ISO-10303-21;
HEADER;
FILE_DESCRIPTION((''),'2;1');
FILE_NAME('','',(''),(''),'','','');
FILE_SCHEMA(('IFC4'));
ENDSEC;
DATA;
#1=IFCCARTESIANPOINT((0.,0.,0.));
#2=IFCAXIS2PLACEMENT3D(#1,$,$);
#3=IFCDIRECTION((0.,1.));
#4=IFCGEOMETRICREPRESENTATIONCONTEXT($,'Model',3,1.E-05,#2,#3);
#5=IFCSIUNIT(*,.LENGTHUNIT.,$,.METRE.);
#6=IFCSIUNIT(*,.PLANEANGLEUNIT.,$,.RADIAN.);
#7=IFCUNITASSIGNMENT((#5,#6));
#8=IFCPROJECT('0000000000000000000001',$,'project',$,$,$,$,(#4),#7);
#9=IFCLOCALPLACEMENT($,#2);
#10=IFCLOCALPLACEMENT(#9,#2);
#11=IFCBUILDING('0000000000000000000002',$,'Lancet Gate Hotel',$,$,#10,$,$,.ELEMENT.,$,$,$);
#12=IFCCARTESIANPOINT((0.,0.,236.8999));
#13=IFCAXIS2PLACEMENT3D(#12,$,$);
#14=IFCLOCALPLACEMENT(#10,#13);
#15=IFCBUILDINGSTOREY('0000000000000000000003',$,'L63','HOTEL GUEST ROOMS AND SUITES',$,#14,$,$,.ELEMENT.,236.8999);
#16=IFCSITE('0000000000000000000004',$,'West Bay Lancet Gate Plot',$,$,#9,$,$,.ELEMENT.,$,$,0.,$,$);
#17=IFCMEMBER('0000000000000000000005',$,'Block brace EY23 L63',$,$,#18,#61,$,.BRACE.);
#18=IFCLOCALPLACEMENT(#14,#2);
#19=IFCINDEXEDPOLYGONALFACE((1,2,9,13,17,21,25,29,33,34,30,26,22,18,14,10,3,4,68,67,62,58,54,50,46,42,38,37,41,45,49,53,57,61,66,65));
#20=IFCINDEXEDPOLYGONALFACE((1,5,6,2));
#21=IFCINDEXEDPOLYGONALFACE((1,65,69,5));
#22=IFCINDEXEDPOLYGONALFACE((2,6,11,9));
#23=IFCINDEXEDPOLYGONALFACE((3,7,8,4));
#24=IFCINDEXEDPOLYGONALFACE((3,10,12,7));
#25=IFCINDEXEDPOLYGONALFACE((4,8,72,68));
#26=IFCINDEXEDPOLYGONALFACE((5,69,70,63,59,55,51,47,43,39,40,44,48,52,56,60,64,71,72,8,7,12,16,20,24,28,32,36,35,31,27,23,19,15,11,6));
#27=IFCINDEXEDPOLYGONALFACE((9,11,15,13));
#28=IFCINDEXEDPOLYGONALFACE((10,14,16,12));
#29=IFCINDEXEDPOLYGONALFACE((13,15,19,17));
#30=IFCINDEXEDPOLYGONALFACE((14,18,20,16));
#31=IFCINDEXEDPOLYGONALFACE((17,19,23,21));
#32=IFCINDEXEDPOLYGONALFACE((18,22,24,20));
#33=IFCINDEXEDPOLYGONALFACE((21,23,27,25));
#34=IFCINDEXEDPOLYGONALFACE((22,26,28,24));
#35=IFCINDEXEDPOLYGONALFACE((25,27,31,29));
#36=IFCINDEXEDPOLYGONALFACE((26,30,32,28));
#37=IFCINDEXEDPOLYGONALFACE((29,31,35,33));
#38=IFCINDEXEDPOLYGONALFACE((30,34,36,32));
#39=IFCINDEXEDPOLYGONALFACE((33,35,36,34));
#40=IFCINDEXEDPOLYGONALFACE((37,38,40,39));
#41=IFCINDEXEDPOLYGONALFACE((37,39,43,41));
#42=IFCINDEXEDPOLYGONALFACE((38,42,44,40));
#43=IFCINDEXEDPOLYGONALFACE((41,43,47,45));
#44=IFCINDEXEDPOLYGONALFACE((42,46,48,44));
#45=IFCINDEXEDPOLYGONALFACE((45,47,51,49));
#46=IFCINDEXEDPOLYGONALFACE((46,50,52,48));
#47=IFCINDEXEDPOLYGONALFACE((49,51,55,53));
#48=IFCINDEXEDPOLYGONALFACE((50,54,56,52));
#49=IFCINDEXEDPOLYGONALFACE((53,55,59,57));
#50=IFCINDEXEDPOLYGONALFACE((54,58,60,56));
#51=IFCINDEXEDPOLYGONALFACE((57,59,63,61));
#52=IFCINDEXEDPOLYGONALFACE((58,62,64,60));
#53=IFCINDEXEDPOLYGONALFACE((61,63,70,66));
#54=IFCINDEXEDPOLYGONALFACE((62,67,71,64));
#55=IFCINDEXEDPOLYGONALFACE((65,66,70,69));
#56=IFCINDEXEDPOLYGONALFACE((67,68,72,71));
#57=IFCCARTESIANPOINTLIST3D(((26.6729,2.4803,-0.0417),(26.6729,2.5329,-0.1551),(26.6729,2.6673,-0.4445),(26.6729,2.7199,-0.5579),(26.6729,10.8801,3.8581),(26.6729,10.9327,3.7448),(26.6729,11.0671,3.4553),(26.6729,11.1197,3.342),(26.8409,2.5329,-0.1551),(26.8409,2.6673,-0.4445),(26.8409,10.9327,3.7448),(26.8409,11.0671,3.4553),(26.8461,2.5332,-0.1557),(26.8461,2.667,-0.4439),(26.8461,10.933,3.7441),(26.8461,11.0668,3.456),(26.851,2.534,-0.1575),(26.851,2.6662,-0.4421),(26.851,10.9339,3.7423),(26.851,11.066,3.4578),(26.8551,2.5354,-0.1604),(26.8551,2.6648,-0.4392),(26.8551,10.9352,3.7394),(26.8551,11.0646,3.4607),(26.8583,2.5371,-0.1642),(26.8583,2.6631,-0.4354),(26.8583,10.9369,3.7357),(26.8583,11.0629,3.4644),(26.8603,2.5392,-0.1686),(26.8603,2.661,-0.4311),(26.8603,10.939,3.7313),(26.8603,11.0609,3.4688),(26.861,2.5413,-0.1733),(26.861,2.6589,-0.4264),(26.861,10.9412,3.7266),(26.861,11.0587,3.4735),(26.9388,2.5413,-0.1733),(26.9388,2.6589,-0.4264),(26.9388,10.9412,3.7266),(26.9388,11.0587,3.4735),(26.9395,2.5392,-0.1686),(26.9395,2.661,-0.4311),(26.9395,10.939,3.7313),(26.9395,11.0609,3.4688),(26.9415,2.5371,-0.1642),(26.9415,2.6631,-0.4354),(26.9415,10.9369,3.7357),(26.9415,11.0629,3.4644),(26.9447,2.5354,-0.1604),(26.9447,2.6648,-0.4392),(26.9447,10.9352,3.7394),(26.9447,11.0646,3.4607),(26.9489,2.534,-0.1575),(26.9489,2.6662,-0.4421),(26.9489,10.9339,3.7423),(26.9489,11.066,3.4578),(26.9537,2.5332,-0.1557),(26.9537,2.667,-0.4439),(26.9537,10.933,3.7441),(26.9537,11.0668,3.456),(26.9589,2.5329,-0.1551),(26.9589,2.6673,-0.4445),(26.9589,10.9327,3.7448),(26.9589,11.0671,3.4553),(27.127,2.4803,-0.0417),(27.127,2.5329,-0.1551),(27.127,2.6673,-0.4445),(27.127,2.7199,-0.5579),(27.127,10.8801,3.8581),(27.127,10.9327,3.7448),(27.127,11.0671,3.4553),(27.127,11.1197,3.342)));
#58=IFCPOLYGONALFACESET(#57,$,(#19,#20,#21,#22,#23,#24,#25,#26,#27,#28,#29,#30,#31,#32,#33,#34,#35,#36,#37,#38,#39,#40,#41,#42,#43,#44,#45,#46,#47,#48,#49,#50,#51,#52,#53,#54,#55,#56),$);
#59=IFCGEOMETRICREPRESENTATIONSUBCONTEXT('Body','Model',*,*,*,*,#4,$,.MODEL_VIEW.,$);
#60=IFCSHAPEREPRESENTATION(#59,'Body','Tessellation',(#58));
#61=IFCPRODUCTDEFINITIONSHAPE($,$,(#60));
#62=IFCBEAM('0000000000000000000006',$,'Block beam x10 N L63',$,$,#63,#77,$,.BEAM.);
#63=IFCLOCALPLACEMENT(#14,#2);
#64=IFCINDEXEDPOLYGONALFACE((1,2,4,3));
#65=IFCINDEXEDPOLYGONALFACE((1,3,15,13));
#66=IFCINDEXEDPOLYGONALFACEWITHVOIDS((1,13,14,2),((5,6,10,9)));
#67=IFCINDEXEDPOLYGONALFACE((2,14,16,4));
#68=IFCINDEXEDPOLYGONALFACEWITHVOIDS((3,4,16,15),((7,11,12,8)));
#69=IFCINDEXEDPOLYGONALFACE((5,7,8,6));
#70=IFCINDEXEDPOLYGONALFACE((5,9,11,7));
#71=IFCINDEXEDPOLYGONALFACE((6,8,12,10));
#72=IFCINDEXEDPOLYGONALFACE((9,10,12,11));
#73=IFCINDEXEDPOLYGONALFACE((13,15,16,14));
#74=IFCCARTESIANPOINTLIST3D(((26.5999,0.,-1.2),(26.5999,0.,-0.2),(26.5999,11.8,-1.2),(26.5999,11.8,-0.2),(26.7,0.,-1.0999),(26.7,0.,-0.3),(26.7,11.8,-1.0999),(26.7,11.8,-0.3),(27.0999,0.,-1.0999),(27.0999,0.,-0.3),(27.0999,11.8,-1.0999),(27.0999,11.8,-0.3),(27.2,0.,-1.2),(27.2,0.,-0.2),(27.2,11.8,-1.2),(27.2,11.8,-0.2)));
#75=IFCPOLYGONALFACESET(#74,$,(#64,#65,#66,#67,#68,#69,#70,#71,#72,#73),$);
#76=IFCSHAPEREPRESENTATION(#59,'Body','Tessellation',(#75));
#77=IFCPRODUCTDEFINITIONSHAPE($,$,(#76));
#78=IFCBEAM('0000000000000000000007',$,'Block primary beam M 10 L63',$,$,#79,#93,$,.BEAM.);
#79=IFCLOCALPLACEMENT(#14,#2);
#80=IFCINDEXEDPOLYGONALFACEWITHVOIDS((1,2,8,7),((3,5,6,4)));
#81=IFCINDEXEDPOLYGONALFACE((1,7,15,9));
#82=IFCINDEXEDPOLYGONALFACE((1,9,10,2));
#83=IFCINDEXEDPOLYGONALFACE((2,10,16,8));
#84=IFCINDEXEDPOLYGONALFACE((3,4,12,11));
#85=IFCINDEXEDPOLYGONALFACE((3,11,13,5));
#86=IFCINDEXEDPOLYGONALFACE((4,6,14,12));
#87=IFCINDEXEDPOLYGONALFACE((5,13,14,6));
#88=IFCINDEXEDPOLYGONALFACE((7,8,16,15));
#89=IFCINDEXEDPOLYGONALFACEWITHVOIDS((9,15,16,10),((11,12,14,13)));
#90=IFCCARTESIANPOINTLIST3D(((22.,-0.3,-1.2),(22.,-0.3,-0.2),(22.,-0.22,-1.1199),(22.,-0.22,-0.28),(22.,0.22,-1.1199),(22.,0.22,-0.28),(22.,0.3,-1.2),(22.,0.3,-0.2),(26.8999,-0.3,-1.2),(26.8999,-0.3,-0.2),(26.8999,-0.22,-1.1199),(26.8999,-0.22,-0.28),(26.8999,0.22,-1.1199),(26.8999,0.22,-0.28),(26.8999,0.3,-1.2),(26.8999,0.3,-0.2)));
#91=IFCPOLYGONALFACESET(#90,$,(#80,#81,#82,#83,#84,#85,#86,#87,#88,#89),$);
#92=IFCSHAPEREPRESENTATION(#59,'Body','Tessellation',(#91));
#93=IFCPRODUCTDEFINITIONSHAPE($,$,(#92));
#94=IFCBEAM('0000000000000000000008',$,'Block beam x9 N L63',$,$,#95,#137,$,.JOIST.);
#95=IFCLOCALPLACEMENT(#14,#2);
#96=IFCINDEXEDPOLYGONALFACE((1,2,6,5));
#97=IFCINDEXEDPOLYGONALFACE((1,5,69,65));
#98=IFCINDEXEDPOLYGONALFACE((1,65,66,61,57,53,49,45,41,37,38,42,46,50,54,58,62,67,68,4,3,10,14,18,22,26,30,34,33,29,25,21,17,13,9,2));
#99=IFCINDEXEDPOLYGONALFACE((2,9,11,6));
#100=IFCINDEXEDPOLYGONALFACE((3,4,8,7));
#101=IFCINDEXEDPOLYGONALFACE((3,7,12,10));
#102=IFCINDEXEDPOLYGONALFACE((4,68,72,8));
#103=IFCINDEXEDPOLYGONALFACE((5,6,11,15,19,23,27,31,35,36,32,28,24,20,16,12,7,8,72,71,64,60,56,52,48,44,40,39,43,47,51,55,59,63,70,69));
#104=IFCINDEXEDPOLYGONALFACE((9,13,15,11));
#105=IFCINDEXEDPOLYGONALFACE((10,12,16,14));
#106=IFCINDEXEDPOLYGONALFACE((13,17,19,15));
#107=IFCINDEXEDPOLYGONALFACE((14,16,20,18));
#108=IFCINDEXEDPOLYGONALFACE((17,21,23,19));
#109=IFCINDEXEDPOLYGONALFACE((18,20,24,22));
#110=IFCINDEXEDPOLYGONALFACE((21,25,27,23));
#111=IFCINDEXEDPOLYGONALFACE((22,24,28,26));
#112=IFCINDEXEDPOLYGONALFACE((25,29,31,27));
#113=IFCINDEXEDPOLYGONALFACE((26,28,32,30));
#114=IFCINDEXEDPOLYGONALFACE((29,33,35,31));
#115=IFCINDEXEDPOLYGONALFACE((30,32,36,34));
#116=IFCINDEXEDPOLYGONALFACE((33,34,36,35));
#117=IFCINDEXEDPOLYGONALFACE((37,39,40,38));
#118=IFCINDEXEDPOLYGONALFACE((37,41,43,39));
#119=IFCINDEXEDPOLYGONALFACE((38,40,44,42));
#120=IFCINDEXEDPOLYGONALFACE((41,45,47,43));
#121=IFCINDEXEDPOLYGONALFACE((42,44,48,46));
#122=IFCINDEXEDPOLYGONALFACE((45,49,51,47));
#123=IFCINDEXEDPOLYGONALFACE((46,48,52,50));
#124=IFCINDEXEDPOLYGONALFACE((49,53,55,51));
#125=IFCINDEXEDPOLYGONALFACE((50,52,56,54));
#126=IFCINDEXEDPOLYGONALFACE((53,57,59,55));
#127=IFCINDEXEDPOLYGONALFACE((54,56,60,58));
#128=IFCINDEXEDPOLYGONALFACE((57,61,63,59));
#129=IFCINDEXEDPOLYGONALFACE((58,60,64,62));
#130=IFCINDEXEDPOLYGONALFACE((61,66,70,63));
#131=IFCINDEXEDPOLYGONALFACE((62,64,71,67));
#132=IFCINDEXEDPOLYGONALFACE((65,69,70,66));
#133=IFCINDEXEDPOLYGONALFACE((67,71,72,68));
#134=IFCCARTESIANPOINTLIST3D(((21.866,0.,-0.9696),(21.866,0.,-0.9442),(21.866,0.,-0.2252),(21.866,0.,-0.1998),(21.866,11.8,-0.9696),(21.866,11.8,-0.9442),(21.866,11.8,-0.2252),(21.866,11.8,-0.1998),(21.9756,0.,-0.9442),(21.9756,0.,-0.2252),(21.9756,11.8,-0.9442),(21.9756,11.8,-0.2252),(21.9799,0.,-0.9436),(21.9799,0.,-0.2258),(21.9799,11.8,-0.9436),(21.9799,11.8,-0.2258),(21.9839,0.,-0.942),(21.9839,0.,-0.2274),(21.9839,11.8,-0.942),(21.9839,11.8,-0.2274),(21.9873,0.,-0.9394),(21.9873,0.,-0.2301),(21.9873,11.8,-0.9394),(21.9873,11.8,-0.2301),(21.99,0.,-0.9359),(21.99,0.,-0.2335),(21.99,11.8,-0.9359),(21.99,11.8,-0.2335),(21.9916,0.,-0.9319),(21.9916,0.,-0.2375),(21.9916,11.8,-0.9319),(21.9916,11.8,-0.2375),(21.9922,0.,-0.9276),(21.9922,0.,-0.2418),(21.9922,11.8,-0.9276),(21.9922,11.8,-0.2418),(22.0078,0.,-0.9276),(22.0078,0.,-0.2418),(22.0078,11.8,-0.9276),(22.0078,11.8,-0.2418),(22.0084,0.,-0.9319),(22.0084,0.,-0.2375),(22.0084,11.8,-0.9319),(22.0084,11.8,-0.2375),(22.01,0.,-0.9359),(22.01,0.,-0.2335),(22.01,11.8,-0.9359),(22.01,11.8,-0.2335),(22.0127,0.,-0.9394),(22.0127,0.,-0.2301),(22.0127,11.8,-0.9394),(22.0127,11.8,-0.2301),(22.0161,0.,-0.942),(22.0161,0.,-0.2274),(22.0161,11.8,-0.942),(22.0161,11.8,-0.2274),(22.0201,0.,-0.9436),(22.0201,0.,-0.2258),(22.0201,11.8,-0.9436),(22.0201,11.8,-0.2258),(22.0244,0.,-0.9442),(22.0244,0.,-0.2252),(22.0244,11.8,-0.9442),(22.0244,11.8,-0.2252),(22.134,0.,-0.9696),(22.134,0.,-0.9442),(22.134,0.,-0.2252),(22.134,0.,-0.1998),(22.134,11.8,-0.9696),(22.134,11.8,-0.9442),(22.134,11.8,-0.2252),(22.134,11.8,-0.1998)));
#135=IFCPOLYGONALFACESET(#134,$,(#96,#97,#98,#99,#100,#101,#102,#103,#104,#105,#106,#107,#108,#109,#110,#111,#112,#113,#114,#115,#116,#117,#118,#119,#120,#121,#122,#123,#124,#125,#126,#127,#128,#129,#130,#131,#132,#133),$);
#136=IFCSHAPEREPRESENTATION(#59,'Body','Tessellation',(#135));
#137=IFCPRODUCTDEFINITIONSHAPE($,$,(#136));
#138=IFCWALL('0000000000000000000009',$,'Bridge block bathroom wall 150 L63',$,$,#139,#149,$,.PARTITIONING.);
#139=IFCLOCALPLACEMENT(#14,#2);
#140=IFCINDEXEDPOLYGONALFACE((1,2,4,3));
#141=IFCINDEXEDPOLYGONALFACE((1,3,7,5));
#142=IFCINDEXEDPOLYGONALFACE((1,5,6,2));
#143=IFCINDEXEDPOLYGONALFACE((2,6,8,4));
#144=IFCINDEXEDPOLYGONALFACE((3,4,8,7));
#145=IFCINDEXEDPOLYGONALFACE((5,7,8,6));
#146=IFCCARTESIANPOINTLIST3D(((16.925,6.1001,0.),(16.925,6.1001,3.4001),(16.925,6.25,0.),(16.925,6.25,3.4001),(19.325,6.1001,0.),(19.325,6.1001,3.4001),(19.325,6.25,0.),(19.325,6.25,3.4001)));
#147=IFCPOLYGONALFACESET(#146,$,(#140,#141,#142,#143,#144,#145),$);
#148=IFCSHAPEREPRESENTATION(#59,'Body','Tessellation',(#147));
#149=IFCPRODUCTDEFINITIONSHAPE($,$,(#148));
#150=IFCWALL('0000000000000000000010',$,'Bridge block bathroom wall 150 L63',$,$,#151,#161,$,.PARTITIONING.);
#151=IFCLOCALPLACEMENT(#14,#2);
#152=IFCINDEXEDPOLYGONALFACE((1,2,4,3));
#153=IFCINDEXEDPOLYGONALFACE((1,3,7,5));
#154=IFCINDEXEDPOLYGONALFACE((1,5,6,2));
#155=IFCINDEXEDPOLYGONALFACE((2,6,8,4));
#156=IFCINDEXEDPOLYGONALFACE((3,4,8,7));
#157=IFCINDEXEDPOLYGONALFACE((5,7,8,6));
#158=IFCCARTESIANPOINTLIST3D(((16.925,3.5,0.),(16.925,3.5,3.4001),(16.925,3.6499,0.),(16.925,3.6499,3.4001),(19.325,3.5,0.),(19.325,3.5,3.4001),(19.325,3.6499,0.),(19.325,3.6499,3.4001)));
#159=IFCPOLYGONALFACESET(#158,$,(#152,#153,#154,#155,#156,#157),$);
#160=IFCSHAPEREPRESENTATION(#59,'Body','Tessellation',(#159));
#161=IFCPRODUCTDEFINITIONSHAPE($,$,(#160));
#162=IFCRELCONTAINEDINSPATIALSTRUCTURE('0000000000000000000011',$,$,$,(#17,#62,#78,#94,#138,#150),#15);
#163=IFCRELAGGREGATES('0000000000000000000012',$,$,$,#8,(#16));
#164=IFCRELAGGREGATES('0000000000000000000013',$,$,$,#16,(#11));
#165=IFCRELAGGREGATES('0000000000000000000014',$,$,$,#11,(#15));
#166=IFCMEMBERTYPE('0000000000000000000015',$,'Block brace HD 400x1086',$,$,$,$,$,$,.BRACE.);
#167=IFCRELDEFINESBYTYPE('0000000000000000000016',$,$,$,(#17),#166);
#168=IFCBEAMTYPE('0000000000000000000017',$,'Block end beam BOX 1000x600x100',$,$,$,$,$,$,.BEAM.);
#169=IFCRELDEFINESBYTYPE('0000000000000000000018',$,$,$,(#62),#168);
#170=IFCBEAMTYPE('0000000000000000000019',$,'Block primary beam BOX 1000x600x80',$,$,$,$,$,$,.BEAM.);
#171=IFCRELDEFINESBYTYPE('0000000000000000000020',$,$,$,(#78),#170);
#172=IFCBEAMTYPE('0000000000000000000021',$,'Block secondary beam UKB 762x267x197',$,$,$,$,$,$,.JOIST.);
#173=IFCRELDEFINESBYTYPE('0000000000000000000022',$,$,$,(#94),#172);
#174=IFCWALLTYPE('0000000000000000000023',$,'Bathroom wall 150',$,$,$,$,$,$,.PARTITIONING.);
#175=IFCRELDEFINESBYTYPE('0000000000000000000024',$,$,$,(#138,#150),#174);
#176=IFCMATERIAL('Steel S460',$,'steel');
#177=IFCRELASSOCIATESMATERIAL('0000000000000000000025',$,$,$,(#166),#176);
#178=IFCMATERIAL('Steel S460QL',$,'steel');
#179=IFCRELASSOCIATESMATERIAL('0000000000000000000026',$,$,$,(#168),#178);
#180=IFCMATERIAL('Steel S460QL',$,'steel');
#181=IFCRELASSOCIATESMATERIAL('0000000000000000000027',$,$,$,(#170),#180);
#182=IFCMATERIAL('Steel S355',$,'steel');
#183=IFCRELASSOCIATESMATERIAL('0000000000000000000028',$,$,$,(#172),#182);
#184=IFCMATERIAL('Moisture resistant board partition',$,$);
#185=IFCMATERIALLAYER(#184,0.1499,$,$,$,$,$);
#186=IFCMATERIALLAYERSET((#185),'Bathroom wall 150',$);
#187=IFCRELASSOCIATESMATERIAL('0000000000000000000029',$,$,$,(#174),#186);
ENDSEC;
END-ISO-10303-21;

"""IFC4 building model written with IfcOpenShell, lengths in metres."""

from ifc_helpers import new_model, si_unit, direction, frame, frame_2d, origin, origin_2d, place, context, subcontext, project, spatial, rectangle, hollow_rectangle, i_section, extrude, material, layer, layer_set, material_profile, profile_set, type_object, element, save


model = new_model("IFC4")

# Units and contexts
model_context = context("Model", 3, precision=1e-05, world=origin(), true_north=direction((0.0, 1.0)))
body_context = subcontext(model_context, "Body", "Model", "MODEL_VIEW")
ifc_project = project(units=[si_unit("LENGTHUNIT", "METRE"), si_unit("PLANEANGLEUNIT", "RADIAN")], contexts=[model_context])

# Site, building, storey
site_placement = place(None, origin())
site = spatial("IfcSite", under=ifc_project, at=site_placement, Name="West Bay Lancet Gate Plot", CompositionType="ELEMENT", RefElevation=0.0)
building_placement = place(site_placement, origin())
building = spatial("IfcBuilding", under=site, at=building_placement, Name="Lancet Gate Hotel", CompositionType="ELEMENT")
storey_placement = place(building_placement, frame((0.0, 0.0, 236.8999)))
storey = spatial("IfcBuildingStorey", under=building, at=storey_placement, Name="L63", Description="HOTEL GUEST ROOMS AND SUITES", CompositionType="ELEMENT", Elevation=236.8999)

# Member
ifc_material_1 = material(Name="Steel S460", Category="steel")
ifc_material_profile_1 = material_profile(ifc_material_1, i_section(OverallWidth=0.4541, OverallDepth=0.5691, WebThickness=0.0779, FlangeThickness=0.125, FilletRadius=0.02, at=origin_2d()), Name="HD 400x1086")
ifc_profile_set_1 = profile_set([ifc_material_profile_1], Name="Steel S460")
member_type = type_object("IfcMemberType", Name="Block brace HD 400x1086", PredefinedType="BRACE", material=ifc_profile_set_1)
member_placement = place(storey_placement, frame((26.8999, 2.6001, -0.2998), z_axis=(0.0, 0.907011, 0.421107), x_axis=(-1.0, 0.0, 0.0)))
element("IfcMember", 1, at=member_placement, inside=storey, type_object=member_type, Name="Block brace EY23 L63", PredefinedType="BRACE", context=body_context, shape_type="SweptSolid", body=[
    extrude(i_section(OverallWidth=0.4541, OverallDepth=0.5691, WebThickness=0.0779, FlangeThickness=0.125, FilletRadius=0.02, at=origin_2d()), origin(), (0.0, 0.0, 1.0), 9.261),
])

# Beams
ifc_material_2 = material(Name="Steel S460QL", Category="steel")
ifc_material_profile_2 = material_profile(ifc_material_2, hollow_rectangle(XDim=0.6001, YDim=1.0, WallThickness=0.1001, at=origin_2d()), Name="BOX 1000x600x100")
ifc_profile_set_2 = profile_set([ifc_material_profile_2], Name="Steel S460QL")
beam_type_1 = type_object("IfcBeamType", Name="Block end beam BOX 1000x600x100", PredefinedType="BEAM", material=ifc_profile_set_2)
beam_1_placement = place(storey_placement, frame((26.8999, 0.0, -0.7), z_axis=(0.0, 1.0, 0.0), x_axis=(-1.0, 0.0, 0.0)))
element("IfcBeam", 2, at=beam_1_placement, inside=storey, type_object=beam_type_1, Name="Block beam x10 N L63", PredefinedType="BEAM", context=body_context, shape_type="SweptSolid", body=[
    extrude(hollow_rectangle(XDim=0.6001, YDim=1.0, WallThickness=0.1001, at=origin_2d()), origin(), (0.0, 0.0, 1.0), 11.8),
])
ifc_material_3 = material(Name="Steel S460QL", Category="steel")
ifc_material_profile_3 = material_profile(ifc_material_3, hollow_rectangle(XDim=0.6001, YDim=1.0, WallThickness=0.0801, at=origin_2d()), Name="BOX 1000x600x80")
ifc_profile_set_3 = profile_set([ifc_material_profile_3], Name="Steel S460QL")
beam_type_2 = type_object("IfcBeamType", Name="Block primary beam BOX 1000x600x80", PredefinedType="BEAM", material=ifc_profile_set_3)
beam_2_placement = place(storey_placement, frame((22.0, 0.0, -0.7), z_axis=(1.0, 0.0, 0.0), x_axis=(0.0, 1.0, 0.0)))
element("IfcBeam", 3, at=beam_2_placement, inside=storey, type_object=beam_type_2, Name="Block primary beam M 10 L63", PredefinedType="BEAM", context=body_context, shape_type="SweptSolid", body=[
    extrude(hollow_rectangle(XDim=0.6001, YDim=1.0, WallThickness=0.0801, at=origin_2d()), origin(), (0.0, 0.0, 1.0), 4.8999),
])
ifc_material_4 = material(Name="Steel S355", Category="steel")
ifc_material_profile_4 = material_profile(ifc_material_4, i_section(OverallWidth=0.2681, OverallDepth=0.7698, WebThickness=0.0156, FlangeThickness=0.0254, FilletRadius=0.0166, at=origin_2d()), Name="UKB 762x267x197")
ifc_profile_set_4 = profile_set([ifc_material_profile_4], Name="Steel S355")
beam_type_3 = type_object("IfcBeamType", Name="Block secondary beam UKB 762x267x197", PredefinedType="JOIST", material=ifc_profile_set_4)
beam_3_placement = place(storey_placement, frame((22.0, 0.0, -0.5847), z_axis=(0.0, 1.0, 0.0), x_axis=(-1.0, 0.0, 0.0)))
element("IfcBeam", 4, at=beam_3_placement, inside=storey, type_object=beam_type_3, Name="Block beam x9 N L63", PredefinedType="JOIST", context=body_context, shape_type="SweptSolid", body=[
    extrude(i_section(OverallWidth=0.2681, OverallDepth=0.7698, WebThickness=0.0156, FlangeThickness=0.0254, FilletRadius=0.0166, at=origin_2d()), origin(), (0.0, 0.0, 1.0), 11.8),
])

# Walls
ifc_material_5 = material(Name="Moisture resistant board partition")
ifc_layer_1 = layer(ifc_material_5, 0.1499)
ifc_layer_set_1 = layer_set([ifc_layer_1], Name="Bathroom wall 150")
wall_type_1 = type_object("IfcWallType", Name="Bathroom wall 150", PredefinedType="PARTITIONING", material=ifc_layer_set_1)
for number, where, z_axis, x_axis, name in (
    (5, (16.925, 6.175, 0.0), (0.0, 0.0, 1.0), (1.0, 0.0, 0.0), "Bridge block bathroom wall 150 L63"),
    (6, (16.925, 3.575, 0.0), (0.0, 0.0, 1.0), (1.0, 0.0, 0.0), "Bridge block bathroom wall 150 L63"),
):
    element("IfcWall", number, at=place(storey_placement, frame(where, z_axis=z_axis, x_axis=x_axis)), inside=storey, type_object=wall_type_1, Name=name, PredefinedType="PARTITIONING", context=body_context, shape_type="SweptSolid", body=[
        extrude(rectangle(XDim=2.3999, YDim=0.1499, at=frame_2d((1.2, 0.0))), origin(), (0.0, 0.0, 1.0), 3.4001),
    ])

save(model, "model.ifc")
